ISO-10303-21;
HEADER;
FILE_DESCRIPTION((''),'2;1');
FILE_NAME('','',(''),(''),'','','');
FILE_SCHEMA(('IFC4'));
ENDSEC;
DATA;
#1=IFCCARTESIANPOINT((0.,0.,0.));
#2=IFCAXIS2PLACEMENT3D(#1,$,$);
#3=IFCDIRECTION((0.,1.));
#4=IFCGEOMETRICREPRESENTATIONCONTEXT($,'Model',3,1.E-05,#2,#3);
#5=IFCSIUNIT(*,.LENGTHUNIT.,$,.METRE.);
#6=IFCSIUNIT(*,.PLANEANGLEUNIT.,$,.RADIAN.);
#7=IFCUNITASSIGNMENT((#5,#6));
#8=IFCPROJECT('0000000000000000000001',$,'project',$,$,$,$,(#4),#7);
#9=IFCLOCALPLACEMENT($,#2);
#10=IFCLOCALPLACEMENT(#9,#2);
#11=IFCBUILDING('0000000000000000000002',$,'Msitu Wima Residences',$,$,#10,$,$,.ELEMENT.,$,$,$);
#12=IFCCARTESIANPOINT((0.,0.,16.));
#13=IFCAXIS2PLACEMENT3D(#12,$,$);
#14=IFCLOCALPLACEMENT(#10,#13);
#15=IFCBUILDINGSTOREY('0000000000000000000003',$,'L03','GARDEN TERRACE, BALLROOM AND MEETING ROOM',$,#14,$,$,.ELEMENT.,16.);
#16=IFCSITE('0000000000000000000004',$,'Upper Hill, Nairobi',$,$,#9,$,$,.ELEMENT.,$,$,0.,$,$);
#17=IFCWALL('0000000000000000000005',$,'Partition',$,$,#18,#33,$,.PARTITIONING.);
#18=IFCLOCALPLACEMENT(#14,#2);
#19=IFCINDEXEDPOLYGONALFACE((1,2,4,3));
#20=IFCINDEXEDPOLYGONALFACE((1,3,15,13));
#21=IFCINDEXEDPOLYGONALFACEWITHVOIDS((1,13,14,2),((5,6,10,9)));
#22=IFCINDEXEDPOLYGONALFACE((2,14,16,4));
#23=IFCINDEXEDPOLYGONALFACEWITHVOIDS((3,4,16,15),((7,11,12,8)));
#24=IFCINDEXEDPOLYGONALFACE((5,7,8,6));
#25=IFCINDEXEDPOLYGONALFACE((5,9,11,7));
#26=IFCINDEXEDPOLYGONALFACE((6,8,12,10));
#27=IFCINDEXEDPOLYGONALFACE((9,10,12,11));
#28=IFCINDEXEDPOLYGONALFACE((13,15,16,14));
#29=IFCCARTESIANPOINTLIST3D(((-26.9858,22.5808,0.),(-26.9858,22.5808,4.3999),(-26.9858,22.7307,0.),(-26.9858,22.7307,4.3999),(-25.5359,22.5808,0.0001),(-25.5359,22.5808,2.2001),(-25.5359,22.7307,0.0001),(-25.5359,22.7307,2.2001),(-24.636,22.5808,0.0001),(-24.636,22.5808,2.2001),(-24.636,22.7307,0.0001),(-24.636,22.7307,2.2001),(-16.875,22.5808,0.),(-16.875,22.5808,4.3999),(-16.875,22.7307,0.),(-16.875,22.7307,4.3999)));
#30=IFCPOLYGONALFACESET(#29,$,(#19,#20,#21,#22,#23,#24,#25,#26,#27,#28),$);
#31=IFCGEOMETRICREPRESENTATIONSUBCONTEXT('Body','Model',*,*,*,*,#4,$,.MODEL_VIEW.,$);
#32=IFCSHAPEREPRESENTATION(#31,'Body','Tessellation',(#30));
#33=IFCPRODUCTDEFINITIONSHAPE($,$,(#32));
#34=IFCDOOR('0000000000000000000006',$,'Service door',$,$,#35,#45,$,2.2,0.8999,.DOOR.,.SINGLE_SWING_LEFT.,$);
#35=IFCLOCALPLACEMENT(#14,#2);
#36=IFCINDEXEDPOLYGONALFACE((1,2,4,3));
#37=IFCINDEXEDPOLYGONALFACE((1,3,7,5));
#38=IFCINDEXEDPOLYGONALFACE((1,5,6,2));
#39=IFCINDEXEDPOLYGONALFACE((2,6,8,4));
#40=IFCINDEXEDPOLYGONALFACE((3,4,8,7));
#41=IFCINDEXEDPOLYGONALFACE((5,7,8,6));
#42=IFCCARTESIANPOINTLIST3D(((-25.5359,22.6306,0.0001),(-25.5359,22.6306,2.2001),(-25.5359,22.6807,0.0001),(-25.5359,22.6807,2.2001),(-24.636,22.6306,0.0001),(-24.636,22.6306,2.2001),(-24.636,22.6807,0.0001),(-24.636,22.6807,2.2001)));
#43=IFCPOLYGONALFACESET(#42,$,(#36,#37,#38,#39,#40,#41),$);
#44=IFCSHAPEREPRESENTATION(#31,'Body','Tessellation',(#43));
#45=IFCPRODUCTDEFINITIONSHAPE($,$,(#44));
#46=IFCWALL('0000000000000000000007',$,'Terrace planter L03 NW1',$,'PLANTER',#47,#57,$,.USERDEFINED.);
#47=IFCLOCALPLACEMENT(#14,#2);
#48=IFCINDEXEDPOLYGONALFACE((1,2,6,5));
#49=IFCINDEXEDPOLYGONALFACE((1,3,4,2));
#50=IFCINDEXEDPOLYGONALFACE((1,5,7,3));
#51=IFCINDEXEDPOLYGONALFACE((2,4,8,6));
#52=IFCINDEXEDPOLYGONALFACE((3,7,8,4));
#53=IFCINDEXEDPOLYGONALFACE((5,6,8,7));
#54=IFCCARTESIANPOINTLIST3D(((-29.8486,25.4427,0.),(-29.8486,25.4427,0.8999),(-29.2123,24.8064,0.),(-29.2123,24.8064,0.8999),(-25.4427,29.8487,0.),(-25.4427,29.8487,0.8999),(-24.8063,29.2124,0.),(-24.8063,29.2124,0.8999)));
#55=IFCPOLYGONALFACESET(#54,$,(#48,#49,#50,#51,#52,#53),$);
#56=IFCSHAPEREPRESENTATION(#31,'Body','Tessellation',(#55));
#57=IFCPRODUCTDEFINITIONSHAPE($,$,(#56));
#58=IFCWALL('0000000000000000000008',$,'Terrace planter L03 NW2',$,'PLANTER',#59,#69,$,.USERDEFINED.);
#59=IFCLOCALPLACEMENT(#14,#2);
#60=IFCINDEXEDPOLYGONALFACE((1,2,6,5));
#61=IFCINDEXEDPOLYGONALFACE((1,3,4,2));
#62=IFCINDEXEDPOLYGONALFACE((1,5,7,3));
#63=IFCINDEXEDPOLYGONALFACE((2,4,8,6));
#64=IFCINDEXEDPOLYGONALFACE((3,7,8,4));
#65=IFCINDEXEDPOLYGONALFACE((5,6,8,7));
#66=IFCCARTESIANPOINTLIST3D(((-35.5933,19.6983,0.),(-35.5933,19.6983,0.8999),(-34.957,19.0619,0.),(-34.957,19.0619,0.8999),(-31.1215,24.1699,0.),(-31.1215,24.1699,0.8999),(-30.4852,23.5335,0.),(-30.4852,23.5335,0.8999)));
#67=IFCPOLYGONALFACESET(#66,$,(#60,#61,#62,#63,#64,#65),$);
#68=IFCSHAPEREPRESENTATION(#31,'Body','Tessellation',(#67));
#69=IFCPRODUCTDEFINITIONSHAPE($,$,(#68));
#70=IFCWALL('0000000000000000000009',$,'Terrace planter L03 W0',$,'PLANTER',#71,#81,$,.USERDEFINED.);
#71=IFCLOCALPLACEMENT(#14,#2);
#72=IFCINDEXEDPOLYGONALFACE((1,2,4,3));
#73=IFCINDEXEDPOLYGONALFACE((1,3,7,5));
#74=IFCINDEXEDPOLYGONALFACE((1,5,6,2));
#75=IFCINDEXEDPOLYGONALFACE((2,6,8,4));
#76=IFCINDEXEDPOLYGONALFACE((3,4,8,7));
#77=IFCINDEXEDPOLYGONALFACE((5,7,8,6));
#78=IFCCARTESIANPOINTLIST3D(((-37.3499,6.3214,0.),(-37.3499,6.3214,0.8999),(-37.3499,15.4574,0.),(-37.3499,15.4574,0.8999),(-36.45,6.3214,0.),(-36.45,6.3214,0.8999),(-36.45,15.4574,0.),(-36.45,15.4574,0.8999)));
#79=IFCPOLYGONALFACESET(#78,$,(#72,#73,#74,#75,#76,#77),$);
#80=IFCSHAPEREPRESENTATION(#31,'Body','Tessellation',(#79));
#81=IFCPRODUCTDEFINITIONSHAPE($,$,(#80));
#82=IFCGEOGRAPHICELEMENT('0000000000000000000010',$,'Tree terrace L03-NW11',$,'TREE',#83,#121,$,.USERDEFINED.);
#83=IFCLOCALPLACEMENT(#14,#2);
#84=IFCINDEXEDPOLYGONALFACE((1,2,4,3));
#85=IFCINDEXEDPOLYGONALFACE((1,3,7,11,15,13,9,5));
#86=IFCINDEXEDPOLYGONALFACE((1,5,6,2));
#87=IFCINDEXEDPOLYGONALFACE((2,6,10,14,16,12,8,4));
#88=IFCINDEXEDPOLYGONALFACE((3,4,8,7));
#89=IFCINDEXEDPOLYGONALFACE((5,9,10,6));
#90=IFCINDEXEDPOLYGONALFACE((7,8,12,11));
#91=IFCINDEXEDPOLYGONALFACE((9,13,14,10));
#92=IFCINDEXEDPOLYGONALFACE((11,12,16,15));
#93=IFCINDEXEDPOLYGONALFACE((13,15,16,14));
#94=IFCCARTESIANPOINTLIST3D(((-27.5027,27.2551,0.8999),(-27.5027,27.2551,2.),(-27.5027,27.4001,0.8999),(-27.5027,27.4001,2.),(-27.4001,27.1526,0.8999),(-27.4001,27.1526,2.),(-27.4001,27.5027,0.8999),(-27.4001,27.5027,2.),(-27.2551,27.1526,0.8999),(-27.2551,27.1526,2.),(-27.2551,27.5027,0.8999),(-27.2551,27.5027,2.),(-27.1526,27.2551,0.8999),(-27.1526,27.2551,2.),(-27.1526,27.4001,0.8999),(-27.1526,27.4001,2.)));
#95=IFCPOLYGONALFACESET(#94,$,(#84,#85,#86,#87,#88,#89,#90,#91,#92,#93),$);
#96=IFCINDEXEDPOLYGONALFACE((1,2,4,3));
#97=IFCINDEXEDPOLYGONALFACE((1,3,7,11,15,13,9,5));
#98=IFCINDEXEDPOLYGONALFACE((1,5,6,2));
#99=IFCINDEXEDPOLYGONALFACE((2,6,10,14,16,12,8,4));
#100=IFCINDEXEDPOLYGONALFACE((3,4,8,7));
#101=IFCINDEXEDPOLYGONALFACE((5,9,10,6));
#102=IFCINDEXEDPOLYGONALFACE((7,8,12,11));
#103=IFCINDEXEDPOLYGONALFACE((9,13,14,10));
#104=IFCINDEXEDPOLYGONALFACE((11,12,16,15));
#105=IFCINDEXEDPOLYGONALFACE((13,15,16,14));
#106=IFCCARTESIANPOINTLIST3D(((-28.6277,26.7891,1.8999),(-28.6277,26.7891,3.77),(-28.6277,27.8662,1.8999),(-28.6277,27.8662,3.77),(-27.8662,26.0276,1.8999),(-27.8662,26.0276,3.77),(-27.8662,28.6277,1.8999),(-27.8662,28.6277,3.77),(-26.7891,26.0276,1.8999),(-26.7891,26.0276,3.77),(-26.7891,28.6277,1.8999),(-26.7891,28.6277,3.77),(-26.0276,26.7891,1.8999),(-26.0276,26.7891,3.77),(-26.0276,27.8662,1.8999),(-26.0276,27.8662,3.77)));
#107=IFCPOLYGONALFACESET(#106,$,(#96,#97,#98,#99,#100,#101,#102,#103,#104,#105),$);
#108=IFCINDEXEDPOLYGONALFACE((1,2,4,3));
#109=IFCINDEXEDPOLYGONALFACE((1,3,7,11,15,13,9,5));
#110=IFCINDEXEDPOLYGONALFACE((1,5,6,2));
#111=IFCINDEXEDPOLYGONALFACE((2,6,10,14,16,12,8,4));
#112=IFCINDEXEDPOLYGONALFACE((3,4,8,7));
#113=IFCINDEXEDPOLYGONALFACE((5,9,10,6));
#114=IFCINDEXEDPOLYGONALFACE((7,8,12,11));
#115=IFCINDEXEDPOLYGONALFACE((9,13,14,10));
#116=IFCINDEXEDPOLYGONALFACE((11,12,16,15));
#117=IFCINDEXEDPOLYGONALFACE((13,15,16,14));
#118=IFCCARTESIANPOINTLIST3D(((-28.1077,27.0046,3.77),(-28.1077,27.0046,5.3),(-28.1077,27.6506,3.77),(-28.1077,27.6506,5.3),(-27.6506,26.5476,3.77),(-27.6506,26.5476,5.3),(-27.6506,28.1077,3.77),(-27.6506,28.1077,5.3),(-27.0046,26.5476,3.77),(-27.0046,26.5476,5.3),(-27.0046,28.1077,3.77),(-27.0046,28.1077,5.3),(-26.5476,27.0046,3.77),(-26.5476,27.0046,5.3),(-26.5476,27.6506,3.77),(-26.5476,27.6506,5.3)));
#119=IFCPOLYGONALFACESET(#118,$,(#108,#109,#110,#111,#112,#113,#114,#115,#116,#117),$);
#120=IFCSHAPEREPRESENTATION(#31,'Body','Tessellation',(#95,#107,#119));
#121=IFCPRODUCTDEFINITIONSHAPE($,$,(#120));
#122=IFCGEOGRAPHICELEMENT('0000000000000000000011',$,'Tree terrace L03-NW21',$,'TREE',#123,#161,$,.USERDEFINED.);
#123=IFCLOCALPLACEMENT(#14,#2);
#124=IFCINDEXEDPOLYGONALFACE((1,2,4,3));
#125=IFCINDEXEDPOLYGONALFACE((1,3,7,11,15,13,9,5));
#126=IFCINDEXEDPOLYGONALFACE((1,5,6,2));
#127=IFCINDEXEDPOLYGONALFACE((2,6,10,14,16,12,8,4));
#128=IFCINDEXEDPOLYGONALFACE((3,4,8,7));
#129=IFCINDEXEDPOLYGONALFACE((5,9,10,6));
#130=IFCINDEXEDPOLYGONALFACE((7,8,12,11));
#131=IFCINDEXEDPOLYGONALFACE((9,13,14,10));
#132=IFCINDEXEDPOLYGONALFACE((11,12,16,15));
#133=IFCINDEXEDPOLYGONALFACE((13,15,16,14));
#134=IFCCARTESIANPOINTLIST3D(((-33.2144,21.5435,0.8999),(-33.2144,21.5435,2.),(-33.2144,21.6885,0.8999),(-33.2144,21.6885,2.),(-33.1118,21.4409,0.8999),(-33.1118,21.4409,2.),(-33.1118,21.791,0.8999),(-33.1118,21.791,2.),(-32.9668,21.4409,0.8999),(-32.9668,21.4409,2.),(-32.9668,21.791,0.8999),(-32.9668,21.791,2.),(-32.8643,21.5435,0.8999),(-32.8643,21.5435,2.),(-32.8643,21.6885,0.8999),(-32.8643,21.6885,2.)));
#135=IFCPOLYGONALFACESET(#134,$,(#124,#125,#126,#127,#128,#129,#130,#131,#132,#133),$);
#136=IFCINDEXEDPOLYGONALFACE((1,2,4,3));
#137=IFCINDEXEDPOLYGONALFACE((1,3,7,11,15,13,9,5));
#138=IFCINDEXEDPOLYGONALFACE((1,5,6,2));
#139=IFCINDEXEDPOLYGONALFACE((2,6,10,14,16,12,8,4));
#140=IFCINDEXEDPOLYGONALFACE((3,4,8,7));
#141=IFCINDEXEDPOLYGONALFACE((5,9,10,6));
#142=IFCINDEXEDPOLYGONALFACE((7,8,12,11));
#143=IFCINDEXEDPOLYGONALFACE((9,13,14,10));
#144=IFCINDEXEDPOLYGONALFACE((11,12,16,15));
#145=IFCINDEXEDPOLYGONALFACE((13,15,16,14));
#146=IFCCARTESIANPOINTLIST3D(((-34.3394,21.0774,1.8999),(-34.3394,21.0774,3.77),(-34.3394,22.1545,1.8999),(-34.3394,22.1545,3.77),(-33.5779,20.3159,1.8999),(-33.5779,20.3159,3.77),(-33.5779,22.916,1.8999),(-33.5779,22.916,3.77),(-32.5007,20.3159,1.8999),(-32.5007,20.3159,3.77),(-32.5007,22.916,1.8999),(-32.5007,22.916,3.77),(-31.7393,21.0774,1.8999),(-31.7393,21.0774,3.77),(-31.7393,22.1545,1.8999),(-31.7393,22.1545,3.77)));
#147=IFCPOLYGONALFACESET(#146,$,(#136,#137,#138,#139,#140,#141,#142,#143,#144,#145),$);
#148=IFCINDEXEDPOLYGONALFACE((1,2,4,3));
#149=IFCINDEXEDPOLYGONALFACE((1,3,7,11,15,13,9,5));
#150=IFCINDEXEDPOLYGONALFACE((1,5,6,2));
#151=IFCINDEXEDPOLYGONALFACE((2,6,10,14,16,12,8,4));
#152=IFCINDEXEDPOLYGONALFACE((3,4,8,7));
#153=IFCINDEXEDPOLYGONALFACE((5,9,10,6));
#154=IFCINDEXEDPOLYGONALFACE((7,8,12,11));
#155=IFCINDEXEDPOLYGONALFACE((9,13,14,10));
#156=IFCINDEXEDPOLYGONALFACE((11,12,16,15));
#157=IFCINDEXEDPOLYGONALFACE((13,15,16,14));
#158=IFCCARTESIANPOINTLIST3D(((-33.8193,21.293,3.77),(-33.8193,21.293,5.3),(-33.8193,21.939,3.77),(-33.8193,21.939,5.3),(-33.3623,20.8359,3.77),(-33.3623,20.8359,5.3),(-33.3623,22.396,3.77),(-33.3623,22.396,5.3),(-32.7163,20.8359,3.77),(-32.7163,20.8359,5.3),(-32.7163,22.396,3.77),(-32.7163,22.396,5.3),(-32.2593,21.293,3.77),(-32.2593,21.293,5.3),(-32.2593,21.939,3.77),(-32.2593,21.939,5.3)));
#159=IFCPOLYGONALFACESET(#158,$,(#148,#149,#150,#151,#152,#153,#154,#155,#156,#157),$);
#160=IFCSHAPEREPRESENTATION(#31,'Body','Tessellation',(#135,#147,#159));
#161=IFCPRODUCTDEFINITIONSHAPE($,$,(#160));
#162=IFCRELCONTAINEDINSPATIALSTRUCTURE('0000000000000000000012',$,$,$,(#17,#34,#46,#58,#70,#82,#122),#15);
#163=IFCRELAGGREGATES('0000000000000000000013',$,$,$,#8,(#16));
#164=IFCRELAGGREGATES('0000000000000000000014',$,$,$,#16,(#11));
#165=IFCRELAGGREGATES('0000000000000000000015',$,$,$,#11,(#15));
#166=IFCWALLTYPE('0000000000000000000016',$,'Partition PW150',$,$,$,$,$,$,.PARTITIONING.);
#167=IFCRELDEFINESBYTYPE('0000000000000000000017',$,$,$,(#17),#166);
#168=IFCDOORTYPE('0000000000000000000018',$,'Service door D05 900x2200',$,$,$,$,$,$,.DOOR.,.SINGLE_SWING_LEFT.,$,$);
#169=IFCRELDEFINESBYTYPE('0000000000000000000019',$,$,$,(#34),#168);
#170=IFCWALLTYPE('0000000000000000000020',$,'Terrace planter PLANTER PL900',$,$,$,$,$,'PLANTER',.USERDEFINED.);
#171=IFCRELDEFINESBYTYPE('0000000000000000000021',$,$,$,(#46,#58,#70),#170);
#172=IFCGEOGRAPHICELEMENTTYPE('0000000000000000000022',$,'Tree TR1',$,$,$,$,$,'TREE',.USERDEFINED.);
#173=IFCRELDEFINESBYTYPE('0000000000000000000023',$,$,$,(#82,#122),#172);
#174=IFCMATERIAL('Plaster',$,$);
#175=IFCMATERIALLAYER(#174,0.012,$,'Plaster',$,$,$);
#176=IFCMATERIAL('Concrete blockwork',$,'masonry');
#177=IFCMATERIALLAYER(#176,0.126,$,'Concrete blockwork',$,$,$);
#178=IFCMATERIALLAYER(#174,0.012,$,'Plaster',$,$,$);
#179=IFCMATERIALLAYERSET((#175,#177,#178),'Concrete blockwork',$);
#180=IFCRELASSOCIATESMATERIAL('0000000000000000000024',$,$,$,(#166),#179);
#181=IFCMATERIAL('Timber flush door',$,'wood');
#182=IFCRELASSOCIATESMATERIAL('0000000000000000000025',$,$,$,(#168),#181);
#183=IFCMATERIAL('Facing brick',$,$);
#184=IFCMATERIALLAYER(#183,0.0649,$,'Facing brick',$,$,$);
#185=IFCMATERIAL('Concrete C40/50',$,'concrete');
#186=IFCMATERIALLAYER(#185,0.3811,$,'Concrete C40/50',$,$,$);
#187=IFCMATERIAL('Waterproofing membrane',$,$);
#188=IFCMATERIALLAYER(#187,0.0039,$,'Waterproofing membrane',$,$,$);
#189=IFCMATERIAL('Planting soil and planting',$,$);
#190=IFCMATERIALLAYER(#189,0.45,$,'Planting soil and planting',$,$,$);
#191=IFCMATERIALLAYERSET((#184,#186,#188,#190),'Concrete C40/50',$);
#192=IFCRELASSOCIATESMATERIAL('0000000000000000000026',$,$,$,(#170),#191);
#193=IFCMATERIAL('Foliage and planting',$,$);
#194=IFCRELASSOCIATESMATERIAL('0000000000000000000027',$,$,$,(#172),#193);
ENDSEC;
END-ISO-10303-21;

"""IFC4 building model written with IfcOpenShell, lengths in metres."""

from ifc_helpers import new_model, si_unit, direction, frame, frame_2d, origin, place, context, subcontext, project, spatial, polyline, rectangle, outline, extrude, material, layer, layer_set, type_object, element, fill, save


model = new_model("IFC4")

# Units and contexts
model_context = context("Model", 3, precision=1e-05, world=origin(), true_north=direction((0.0, 1.0)))
body_context = subcontext(model_context, "Body", "Model", "MODEL_VIEW")
ifc_project = project(units=[si_unit("LENGTHUNIT", "METRE"), si_unit("PLANEANGLEUNIT", "RADIAN")], contexts=[model_context])

# Site, building, storey
site_placement = place(None, origin())
site = spatial("IfcSite", under=ifc_project, at=site_placement, Name="Upper Hill, Nairobi", CompositionType="ELEMENT", RefElevation=0.0)
building_placement = place(site_placement, origin())
building = spatial("IfcBuilding", under=site, at=building_placement, Name="Msitu Wima Residences", CompositionType="ELEMENT")
storey_placement = place(building_placement, frame((0.0, 0.0, 16.0)))
storey = spatial("IfcBuildingStorey", under=building, at=storey_placement, Name="L03", Description="GARDEN TERRACE, BALLROOM AND MEETING ROOM", CompositionType="ELEMENT", Elevation=16.0)

# Wall, opening, door
ifc_material_1 = material(Name="Plaster")
ifc_layer_1 = layer(ifc_material_1, 0.012, Name="Plaster")
ifc_material_2 = material(Name="Concrete blockwork", Category="masonry")
ifc_layer_2 = layer(ifc_material_2, 0.126, Name="Concrete blockwork")
ifc_layer_3 = layer(ifc_material_1, 0.012, Name="Plaster")
ifc_layer_set_1 = layer_set([ifc_layer_1, ifc_layer_2, ifc_layer_3], Name="Concrete blockwork")
wall_type_1 = type_object("IfcWallType", Name="Partition PW150", PredefinedType="PARTITIONING", material=ifc_layer_set_1)
wall_1_placement = place(storey_placement, frame((-26.9858, 22.6558, 0.0), z_axis=(0.0, 0.0, 1.0), x_axis=(1.0, 0.0, 0.0)))
wall_1 = element("IfcWall", 1, at=wall_1_placement, inside=storey, type_object=wall_type_1, Name="Partition", PredefinedType="PARTITIONING", context=body_context, shape_type="SweptSolid", body=[
    extrude(rectangle(XDim=10.1108, YDim=0.1499, at=frame_2d((5.0554, 0.0))), origin(), (0.0, 0.0, 1.0), 4.3999),
])
opening_1_placement = place(wall_1_placement, frame((1.45, 0.0, 0.0)))
opening_1 = element("IfcOpeningElement", 2, at=opening_1_placement, cuts=wall_1, PredefinedType="OPENING", context=body_context, shape_type="SweptSolid", body=[
    extrude(rectangle(XDim=0.8999, YDim=2.2, at=frame_2d((0.45, 1.1001))), frame((0.0, 0.085, 0.0), z_axis=(0.0, -1.0, 0.0), x_axis=(1.0, 0.0, 0.0)), (0.0, 0.0, 1.0), 0.1699),
])
ifc_material_3 = material(Name="Timber flush door", Category="wood")
door_type = type_object("IfcDoorType", Name="Service door D05 900x2200", OperationType="SINGLE_SWING_LEFT", PredefinedType="DOOR", material=ifc_material_3)
door_placement = place(opening_1_placement, origin())
door = element("IfcDoor", 3, at=door_placement, inside=storey, type_object=door_type, Name="Service door", OperationType="SINGLE_SWING_LEFT", OverallHeight=2.2, OverallWidth=0.8999, PredefinedType="DOOR", context=body_context, shape_type="SweptSolid", body=[
    extrude(rectangle(XDim=0.8999, YDim=2.2, at=frame_2d((0.45, 1.1001))), frame((0.0, 0.0249, 0.0), z_axis=(0.0, -1.0, 0.0), x_axis=(1.0, 0.0, 0.0)), (0.0, 0.0, 1.0), 0.05),
])
fill(opening_1, door)

# Walls
ifc_material_4 = material(Name="Facing brick")
ifc_layer_4 = layer(ifc_material_4, 0.0649, Name="Facing brick")
ifc_material_5 = material(Name="Concrete C40/50", Category="concrete")
ifc_layer_5 = layer(ifc_material_5, 0.3811, Name="Concrete C40/50")
ifc_material_6 = material(Name="Waterproofing membrane")
ifc_layer_6 = layer(ifc_material_6, 0.0039, Name="Waterproofing membrane")
ifc_material_7 = material(Name="Planting soil and planting")
ifc_layer_7 = layer(ifc_material_7, 0.45, Name="Planting soil and planting")
ifc_layer_set_2 = layer_set([ifc_layer_4, ifc_layer_5, ifc_layer_6, ifc_layer_7], Name="Concrete C40/50")
wall_type_2 = type_object("IfcWallType", Name="Terrace planter PLANTER PL900", ElementType="PLANTER", PredefinedType="USERDEFINED", material=ifc_layer_set_2)
wall_2_placement = place(storey_placement, frame((-25.1245, 29.5305, 0.0), z_axis=(0.0, 0.0, 1.0), x_axis=(-0.707107, -0.707107, 0.0)))
element("IfcWall", 4, at=wall_2_placement, inside=storey, type_object=wall_type_2, Name="Terrace planter L03 NW1", ObjectType="PLANTER", PredefinedType="USERDEFINED", context=body_context, shape_type="SweptSolid", body=[
    extrude(rectangle(XDim=6.231, YDim=0.8999, at=frame_2d((3.1155, 0.0))), origin(), (0.0, 0.0, 1.0), 0.8999),
])
wall_3_placement = place(storey_placement, frame((-30.8032, 23.8518, 0.0), z_axis=(0.0, 0.0, 1.0), x_axis=(-0.707126, -0.707087, 0.0)))
element("IfcWall", 5, at=wall_3_placement, inside=storey, type_object=wall_type_2, Name="Terrace planter L03 NW2", ObjectType="PLANTER", PredefinedType="USERDEFINED", context=body_context, shape_type="SweptSolid", body=[
    extrude(rectangle(XDim=6.324, YDim=0.8999, at=frame_2d((3.1621, 0.0))), origin(), (0.0, 0.0, 1.0), 0.8999),
])
wall_4_placement = place(storey_placement, frame((-36.8999, 15.4573, 0.0), z_axis=(0.0, 0.0, 1.0), x_axis=(0.0, -1.0, 0.0)))
element("IfcWall", 6, at=wall_4_placement, inside=storey, type_object=wall_type_2, Name="Terrace planter L03 W0", ObjectType="PLANTER", PredefinedType="USERDEFINED", context=body_context, shape_type="SweptSolid", body=[
    extrude(rectangle(XDim=9.136, YDim=0.8999, at=frame_2d((4.5679, 0.0))), origin(), (0.0, 0.0, 1.0), 0.8999),
])

# Geographic elements
ifc_material_8 = material(Name="Foliage and planting")
geographic_element_type = type_object("IfcGeographicElementType", Name="Tree TR1", ElementType="TREE", PredefinedType="USERDEFINED", material=ifc_material_8)
for number, where, z_axis, x_axis, name in (
    (7, (-27.3276, 27.3276, 0.8999), (0.0, 0.0, 1.0), (1.0, 0.0, 0.0), "Tree terrace L03-NW11"),
    (8, (-33.0393, 21.616, 0.8999), (0.0, 0.0, 1.0), (1.0, 0.0, 0.0), "Tree terrace L03-NW21"),
):
    element("IfcGeographicElement", number, at=place(storey_placement, frame(where, z_axis=z_axis, x_axis=x_axis)), inside=storey, type_object=geographic_element_type, Name=name, ObjectType="TREE", PredefinedType="USERDEFINED", context=body_context, shape_type="SweptSolid", body=[
        extrude(outline(polyline([(0.175, 0.0725), (0.0725, 0.175), (-0.0725, 0.175), (-0.175, 0.0725), (-0.175, -0.0725), (-0.0725, -0.175), (0.0725, -0.175), (0.175, -0.0725), (0.175, 0.0725)])), origin(), (0.0, 0.0, 1.0), 1.1001),
        extrude(outline(polyline([(1.3, 0.5386), (0.5386, 1.3), (-0.5386, 1.3), (-1.3, 0.5386), (-1.3, -0.5386), (-0.5386, -1.3), (0.5386, -1.3), (1.3, -0.5386), (1.3, 0.5386)])), frame((0.0, 0.0, 1.0)), (0.0, 0.0, 1.0), 1.8701),
        extrude(outline(polyline([(0.78, 0.323), (0.323, 0.78), (-0.323, 0.78), (-0.78, 0.323), (-0.78, -0.323), (-0.323, -0.78), (0.323, -0.78), (0.78, -0.323), (0.78, 0.323)])), frame((0.0, 0.0, 2.8701)), (0.0, 0.0, 1.0), 1.53),
    ])

save(model, "model.ifc")
